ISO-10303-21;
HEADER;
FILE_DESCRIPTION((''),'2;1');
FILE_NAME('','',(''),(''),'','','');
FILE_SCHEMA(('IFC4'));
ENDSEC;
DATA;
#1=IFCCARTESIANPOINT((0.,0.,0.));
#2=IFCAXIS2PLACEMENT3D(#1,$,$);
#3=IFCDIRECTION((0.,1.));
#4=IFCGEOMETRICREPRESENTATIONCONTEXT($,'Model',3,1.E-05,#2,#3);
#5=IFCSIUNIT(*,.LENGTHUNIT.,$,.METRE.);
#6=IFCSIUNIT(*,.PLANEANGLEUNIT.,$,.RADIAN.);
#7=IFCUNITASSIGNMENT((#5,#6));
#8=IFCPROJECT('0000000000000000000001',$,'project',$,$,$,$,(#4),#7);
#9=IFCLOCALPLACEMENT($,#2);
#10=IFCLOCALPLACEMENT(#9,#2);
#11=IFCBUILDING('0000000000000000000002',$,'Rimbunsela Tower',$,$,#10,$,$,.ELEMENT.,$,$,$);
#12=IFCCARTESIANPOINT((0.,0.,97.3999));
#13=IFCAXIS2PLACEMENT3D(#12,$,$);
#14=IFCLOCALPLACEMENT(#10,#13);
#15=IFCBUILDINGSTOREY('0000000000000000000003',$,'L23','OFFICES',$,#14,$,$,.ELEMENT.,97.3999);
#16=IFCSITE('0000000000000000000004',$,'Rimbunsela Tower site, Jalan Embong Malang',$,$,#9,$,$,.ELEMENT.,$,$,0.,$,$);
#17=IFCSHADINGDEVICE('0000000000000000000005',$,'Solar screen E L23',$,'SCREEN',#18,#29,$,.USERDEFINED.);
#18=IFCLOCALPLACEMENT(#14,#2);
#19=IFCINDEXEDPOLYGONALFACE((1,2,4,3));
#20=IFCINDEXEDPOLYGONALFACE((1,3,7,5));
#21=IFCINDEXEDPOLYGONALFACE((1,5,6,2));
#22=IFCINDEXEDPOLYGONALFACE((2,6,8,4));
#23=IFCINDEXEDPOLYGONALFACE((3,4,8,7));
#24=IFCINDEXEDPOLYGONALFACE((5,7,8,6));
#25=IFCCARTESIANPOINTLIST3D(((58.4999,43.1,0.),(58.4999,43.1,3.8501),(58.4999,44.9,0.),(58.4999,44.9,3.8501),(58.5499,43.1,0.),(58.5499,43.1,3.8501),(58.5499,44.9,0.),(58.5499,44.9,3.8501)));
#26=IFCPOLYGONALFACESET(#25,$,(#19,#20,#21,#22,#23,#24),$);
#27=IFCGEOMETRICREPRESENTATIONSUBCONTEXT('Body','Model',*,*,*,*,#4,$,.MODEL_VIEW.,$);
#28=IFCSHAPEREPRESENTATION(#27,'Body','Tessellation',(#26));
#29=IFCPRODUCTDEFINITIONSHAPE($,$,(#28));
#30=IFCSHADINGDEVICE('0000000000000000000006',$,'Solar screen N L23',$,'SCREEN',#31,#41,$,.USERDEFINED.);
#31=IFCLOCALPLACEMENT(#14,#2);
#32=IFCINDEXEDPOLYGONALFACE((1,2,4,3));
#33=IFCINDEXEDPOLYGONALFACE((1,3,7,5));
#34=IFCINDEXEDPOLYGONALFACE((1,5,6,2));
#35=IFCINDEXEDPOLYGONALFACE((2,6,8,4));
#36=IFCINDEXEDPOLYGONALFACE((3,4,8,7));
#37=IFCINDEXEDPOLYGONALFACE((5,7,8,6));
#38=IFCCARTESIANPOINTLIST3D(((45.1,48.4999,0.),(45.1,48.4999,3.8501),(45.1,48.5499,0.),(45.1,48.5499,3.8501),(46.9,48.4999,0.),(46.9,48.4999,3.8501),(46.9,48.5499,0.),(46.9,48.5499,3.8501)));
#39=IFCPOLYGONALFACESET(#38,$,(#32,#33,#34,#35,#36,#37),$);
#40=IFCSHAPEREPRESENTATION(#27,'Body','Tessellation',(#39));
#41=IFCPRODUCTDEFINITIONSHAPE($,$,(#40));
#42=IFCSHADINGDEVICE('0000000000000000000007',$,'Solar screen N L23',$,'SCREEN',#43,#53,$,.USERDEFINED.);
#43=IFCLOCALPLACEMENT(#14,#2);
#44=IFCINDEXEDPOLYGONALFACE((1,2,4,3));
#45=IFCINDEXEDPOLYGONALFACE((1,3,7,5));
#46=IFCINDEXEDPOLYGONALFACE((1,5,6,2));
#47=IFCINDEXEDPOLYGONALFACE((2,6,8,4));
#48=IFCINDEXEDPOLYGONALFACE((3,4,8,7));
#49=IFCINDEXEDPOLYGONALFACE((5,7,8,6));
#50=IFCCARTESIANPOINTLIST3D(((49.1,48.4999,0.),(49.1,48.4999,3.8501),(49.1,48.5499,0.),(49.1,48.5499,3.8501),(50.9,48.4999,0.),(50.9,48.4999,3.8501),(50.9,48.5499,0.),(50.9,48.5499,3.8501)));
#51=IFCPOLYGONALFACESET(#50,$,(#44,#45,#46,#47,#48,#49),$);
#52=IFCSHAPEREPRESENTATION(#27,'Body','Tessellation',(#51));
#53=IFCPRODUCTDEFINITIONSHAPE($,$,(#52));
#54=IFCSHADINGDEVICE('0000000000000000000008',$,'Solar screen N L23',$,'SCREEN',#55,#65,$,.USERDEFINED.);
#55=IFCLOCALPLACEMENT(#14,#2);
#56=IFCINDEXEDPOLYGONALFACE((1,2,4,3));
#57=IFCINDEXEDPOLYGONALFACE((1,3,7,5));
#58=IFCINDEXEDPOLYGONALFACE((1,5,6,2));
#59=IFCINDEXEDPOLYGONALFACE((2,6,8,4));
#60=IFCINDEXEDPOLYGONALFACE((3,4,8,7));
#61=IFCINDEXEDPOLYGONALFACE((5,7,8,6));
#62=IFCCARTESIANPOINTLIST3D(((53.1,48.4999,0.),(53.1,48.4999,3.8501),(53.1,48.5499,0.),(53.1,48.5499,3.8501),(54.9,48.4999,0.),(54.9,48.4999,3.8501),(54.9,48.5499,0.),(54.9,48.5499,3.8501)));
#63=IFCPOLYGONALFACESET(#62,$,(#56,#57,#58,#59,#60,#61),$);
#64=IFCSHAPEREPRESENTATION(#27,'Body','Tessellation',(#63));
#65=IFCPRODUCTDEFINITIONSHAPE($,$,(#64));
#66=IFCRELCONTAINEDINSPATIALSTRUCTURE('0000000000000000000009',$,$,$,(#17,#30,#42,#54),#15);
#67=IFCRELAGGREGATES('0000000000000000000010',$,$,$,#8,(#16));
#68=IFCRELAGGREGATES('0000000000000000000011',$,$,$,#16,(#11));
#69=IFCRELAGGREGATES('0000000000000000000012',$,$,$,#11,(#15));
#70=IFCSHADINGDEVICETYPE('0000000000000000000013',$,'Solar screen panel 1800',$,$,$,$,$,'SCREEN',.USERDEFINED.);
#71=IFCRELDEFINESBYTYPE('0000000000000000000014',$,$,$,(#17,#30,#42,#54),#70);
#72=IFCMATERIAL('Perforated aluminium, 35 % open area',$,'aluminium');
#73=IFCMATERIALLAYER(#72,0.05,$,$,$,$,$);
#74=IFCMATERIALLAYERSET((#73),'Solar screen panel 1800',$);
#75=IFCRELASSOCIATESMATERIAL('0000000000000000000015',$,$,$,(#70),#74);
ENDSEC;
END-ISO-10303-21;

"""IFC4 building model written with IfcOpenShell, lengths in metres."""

from ifc_helpers import new_model, si_unit, direction, frame, origin, origin_2d, place, context, subcontext, project, spatial, rectangle, extrude, material, layer, layer_set, type_object, element, save


model = new_model("IFC4")

# Units and contexts
model_context = context("Model", 3, precision=1e-05, world=origin(), true_north=direction((0.0, 1.0)))
body_context = subcontext(model_context, "Body", "Model", "MODEL_VIEW")
ifc_project = project(units=[si_unit("LENGTHUNIT", "METRE"), si_unit("PLANEANGLEUNIT", "RADIAN")], contexts=[model_context])

# Site, building, storey
site_placement = place(None, origin())
site = spatial("IfcSite", under=ifc_project, at=site_placement, Name="Rimbunsela Tower site, Jalan Embong Malang", CompositionType="ELEMENT", RefElevation=0.0)
building_placement = place(site_placement, origin())
building = spatial("IfcBuilding", under=site, at=building_placement, Name="Rimbunsela Tower", CompositionType="ELEMENT")
storey_placement = place(building_placement, frame((0.0, 0.0, 97.3999)))
storey = spatial("IfcBuildingStorey", under=building, at=storey_placement, Name="L23", Description="OFFICES", CompositionType="ELEMENT", Elevation=97.3999)

# Shading devices
ifc_material_1 = material(Name="Perforated aluminium, 35 % open area", Category="aluminium")
ifc_layer_1 = layer(ifc_material_1, 0.05)
ifc_layer_set_1 = layer_set([ifc_layer_1], Name="Solar screen panel 1800")
shading_device_type = type_object("IfcShadingDeviceType", Name="Solar screen panel 1800", ElementType="SCREEN", PredefinedType="USERDEFINED", material=ifc_layer_set_1)
for number, where, z_axis, x_axis, name in (
    (1, (58.5249, 44.0, 0.0), (0.0, 0.0, 1.0), (0.0, 1.0, 0.0), "Solar screen E L23"),
    (2, (46.0, 48.5249, 0.0), (0.0, 0.0, 1.0), (1.0, 0.0, 0.0), "Solar screen N L23"),
    (3, (50.0, 48.5249, 0.0), (0.0, 0.0, 1.0), (1.0, 0.0, 0.0), "Solar screen N L23"),
    (4, (54.0, 48.5249, 0.0), (0.0, 0.0, 1.0), (1.0, 0.0, 0.0), "Solar screen N L23"),
):
    element("IfcShadingDevice", number, at=place(storey_placement, frame(where, z_axis=z_axis, x_axis=x_axis)), inside=storey, type_object=shading_device_type, Name=name, ObjectType="SCREEN", PredefinedType="USERDEFINED", context=body_context, shape_type="SweptSolid", body=[
        extrude(rectangle(XDim=1.8, YDim=0.05, at=origin_2d()), origin(), (0.0, 0.0, 1.0), 3.8501),
    ])

save(model, "model.ifc")
